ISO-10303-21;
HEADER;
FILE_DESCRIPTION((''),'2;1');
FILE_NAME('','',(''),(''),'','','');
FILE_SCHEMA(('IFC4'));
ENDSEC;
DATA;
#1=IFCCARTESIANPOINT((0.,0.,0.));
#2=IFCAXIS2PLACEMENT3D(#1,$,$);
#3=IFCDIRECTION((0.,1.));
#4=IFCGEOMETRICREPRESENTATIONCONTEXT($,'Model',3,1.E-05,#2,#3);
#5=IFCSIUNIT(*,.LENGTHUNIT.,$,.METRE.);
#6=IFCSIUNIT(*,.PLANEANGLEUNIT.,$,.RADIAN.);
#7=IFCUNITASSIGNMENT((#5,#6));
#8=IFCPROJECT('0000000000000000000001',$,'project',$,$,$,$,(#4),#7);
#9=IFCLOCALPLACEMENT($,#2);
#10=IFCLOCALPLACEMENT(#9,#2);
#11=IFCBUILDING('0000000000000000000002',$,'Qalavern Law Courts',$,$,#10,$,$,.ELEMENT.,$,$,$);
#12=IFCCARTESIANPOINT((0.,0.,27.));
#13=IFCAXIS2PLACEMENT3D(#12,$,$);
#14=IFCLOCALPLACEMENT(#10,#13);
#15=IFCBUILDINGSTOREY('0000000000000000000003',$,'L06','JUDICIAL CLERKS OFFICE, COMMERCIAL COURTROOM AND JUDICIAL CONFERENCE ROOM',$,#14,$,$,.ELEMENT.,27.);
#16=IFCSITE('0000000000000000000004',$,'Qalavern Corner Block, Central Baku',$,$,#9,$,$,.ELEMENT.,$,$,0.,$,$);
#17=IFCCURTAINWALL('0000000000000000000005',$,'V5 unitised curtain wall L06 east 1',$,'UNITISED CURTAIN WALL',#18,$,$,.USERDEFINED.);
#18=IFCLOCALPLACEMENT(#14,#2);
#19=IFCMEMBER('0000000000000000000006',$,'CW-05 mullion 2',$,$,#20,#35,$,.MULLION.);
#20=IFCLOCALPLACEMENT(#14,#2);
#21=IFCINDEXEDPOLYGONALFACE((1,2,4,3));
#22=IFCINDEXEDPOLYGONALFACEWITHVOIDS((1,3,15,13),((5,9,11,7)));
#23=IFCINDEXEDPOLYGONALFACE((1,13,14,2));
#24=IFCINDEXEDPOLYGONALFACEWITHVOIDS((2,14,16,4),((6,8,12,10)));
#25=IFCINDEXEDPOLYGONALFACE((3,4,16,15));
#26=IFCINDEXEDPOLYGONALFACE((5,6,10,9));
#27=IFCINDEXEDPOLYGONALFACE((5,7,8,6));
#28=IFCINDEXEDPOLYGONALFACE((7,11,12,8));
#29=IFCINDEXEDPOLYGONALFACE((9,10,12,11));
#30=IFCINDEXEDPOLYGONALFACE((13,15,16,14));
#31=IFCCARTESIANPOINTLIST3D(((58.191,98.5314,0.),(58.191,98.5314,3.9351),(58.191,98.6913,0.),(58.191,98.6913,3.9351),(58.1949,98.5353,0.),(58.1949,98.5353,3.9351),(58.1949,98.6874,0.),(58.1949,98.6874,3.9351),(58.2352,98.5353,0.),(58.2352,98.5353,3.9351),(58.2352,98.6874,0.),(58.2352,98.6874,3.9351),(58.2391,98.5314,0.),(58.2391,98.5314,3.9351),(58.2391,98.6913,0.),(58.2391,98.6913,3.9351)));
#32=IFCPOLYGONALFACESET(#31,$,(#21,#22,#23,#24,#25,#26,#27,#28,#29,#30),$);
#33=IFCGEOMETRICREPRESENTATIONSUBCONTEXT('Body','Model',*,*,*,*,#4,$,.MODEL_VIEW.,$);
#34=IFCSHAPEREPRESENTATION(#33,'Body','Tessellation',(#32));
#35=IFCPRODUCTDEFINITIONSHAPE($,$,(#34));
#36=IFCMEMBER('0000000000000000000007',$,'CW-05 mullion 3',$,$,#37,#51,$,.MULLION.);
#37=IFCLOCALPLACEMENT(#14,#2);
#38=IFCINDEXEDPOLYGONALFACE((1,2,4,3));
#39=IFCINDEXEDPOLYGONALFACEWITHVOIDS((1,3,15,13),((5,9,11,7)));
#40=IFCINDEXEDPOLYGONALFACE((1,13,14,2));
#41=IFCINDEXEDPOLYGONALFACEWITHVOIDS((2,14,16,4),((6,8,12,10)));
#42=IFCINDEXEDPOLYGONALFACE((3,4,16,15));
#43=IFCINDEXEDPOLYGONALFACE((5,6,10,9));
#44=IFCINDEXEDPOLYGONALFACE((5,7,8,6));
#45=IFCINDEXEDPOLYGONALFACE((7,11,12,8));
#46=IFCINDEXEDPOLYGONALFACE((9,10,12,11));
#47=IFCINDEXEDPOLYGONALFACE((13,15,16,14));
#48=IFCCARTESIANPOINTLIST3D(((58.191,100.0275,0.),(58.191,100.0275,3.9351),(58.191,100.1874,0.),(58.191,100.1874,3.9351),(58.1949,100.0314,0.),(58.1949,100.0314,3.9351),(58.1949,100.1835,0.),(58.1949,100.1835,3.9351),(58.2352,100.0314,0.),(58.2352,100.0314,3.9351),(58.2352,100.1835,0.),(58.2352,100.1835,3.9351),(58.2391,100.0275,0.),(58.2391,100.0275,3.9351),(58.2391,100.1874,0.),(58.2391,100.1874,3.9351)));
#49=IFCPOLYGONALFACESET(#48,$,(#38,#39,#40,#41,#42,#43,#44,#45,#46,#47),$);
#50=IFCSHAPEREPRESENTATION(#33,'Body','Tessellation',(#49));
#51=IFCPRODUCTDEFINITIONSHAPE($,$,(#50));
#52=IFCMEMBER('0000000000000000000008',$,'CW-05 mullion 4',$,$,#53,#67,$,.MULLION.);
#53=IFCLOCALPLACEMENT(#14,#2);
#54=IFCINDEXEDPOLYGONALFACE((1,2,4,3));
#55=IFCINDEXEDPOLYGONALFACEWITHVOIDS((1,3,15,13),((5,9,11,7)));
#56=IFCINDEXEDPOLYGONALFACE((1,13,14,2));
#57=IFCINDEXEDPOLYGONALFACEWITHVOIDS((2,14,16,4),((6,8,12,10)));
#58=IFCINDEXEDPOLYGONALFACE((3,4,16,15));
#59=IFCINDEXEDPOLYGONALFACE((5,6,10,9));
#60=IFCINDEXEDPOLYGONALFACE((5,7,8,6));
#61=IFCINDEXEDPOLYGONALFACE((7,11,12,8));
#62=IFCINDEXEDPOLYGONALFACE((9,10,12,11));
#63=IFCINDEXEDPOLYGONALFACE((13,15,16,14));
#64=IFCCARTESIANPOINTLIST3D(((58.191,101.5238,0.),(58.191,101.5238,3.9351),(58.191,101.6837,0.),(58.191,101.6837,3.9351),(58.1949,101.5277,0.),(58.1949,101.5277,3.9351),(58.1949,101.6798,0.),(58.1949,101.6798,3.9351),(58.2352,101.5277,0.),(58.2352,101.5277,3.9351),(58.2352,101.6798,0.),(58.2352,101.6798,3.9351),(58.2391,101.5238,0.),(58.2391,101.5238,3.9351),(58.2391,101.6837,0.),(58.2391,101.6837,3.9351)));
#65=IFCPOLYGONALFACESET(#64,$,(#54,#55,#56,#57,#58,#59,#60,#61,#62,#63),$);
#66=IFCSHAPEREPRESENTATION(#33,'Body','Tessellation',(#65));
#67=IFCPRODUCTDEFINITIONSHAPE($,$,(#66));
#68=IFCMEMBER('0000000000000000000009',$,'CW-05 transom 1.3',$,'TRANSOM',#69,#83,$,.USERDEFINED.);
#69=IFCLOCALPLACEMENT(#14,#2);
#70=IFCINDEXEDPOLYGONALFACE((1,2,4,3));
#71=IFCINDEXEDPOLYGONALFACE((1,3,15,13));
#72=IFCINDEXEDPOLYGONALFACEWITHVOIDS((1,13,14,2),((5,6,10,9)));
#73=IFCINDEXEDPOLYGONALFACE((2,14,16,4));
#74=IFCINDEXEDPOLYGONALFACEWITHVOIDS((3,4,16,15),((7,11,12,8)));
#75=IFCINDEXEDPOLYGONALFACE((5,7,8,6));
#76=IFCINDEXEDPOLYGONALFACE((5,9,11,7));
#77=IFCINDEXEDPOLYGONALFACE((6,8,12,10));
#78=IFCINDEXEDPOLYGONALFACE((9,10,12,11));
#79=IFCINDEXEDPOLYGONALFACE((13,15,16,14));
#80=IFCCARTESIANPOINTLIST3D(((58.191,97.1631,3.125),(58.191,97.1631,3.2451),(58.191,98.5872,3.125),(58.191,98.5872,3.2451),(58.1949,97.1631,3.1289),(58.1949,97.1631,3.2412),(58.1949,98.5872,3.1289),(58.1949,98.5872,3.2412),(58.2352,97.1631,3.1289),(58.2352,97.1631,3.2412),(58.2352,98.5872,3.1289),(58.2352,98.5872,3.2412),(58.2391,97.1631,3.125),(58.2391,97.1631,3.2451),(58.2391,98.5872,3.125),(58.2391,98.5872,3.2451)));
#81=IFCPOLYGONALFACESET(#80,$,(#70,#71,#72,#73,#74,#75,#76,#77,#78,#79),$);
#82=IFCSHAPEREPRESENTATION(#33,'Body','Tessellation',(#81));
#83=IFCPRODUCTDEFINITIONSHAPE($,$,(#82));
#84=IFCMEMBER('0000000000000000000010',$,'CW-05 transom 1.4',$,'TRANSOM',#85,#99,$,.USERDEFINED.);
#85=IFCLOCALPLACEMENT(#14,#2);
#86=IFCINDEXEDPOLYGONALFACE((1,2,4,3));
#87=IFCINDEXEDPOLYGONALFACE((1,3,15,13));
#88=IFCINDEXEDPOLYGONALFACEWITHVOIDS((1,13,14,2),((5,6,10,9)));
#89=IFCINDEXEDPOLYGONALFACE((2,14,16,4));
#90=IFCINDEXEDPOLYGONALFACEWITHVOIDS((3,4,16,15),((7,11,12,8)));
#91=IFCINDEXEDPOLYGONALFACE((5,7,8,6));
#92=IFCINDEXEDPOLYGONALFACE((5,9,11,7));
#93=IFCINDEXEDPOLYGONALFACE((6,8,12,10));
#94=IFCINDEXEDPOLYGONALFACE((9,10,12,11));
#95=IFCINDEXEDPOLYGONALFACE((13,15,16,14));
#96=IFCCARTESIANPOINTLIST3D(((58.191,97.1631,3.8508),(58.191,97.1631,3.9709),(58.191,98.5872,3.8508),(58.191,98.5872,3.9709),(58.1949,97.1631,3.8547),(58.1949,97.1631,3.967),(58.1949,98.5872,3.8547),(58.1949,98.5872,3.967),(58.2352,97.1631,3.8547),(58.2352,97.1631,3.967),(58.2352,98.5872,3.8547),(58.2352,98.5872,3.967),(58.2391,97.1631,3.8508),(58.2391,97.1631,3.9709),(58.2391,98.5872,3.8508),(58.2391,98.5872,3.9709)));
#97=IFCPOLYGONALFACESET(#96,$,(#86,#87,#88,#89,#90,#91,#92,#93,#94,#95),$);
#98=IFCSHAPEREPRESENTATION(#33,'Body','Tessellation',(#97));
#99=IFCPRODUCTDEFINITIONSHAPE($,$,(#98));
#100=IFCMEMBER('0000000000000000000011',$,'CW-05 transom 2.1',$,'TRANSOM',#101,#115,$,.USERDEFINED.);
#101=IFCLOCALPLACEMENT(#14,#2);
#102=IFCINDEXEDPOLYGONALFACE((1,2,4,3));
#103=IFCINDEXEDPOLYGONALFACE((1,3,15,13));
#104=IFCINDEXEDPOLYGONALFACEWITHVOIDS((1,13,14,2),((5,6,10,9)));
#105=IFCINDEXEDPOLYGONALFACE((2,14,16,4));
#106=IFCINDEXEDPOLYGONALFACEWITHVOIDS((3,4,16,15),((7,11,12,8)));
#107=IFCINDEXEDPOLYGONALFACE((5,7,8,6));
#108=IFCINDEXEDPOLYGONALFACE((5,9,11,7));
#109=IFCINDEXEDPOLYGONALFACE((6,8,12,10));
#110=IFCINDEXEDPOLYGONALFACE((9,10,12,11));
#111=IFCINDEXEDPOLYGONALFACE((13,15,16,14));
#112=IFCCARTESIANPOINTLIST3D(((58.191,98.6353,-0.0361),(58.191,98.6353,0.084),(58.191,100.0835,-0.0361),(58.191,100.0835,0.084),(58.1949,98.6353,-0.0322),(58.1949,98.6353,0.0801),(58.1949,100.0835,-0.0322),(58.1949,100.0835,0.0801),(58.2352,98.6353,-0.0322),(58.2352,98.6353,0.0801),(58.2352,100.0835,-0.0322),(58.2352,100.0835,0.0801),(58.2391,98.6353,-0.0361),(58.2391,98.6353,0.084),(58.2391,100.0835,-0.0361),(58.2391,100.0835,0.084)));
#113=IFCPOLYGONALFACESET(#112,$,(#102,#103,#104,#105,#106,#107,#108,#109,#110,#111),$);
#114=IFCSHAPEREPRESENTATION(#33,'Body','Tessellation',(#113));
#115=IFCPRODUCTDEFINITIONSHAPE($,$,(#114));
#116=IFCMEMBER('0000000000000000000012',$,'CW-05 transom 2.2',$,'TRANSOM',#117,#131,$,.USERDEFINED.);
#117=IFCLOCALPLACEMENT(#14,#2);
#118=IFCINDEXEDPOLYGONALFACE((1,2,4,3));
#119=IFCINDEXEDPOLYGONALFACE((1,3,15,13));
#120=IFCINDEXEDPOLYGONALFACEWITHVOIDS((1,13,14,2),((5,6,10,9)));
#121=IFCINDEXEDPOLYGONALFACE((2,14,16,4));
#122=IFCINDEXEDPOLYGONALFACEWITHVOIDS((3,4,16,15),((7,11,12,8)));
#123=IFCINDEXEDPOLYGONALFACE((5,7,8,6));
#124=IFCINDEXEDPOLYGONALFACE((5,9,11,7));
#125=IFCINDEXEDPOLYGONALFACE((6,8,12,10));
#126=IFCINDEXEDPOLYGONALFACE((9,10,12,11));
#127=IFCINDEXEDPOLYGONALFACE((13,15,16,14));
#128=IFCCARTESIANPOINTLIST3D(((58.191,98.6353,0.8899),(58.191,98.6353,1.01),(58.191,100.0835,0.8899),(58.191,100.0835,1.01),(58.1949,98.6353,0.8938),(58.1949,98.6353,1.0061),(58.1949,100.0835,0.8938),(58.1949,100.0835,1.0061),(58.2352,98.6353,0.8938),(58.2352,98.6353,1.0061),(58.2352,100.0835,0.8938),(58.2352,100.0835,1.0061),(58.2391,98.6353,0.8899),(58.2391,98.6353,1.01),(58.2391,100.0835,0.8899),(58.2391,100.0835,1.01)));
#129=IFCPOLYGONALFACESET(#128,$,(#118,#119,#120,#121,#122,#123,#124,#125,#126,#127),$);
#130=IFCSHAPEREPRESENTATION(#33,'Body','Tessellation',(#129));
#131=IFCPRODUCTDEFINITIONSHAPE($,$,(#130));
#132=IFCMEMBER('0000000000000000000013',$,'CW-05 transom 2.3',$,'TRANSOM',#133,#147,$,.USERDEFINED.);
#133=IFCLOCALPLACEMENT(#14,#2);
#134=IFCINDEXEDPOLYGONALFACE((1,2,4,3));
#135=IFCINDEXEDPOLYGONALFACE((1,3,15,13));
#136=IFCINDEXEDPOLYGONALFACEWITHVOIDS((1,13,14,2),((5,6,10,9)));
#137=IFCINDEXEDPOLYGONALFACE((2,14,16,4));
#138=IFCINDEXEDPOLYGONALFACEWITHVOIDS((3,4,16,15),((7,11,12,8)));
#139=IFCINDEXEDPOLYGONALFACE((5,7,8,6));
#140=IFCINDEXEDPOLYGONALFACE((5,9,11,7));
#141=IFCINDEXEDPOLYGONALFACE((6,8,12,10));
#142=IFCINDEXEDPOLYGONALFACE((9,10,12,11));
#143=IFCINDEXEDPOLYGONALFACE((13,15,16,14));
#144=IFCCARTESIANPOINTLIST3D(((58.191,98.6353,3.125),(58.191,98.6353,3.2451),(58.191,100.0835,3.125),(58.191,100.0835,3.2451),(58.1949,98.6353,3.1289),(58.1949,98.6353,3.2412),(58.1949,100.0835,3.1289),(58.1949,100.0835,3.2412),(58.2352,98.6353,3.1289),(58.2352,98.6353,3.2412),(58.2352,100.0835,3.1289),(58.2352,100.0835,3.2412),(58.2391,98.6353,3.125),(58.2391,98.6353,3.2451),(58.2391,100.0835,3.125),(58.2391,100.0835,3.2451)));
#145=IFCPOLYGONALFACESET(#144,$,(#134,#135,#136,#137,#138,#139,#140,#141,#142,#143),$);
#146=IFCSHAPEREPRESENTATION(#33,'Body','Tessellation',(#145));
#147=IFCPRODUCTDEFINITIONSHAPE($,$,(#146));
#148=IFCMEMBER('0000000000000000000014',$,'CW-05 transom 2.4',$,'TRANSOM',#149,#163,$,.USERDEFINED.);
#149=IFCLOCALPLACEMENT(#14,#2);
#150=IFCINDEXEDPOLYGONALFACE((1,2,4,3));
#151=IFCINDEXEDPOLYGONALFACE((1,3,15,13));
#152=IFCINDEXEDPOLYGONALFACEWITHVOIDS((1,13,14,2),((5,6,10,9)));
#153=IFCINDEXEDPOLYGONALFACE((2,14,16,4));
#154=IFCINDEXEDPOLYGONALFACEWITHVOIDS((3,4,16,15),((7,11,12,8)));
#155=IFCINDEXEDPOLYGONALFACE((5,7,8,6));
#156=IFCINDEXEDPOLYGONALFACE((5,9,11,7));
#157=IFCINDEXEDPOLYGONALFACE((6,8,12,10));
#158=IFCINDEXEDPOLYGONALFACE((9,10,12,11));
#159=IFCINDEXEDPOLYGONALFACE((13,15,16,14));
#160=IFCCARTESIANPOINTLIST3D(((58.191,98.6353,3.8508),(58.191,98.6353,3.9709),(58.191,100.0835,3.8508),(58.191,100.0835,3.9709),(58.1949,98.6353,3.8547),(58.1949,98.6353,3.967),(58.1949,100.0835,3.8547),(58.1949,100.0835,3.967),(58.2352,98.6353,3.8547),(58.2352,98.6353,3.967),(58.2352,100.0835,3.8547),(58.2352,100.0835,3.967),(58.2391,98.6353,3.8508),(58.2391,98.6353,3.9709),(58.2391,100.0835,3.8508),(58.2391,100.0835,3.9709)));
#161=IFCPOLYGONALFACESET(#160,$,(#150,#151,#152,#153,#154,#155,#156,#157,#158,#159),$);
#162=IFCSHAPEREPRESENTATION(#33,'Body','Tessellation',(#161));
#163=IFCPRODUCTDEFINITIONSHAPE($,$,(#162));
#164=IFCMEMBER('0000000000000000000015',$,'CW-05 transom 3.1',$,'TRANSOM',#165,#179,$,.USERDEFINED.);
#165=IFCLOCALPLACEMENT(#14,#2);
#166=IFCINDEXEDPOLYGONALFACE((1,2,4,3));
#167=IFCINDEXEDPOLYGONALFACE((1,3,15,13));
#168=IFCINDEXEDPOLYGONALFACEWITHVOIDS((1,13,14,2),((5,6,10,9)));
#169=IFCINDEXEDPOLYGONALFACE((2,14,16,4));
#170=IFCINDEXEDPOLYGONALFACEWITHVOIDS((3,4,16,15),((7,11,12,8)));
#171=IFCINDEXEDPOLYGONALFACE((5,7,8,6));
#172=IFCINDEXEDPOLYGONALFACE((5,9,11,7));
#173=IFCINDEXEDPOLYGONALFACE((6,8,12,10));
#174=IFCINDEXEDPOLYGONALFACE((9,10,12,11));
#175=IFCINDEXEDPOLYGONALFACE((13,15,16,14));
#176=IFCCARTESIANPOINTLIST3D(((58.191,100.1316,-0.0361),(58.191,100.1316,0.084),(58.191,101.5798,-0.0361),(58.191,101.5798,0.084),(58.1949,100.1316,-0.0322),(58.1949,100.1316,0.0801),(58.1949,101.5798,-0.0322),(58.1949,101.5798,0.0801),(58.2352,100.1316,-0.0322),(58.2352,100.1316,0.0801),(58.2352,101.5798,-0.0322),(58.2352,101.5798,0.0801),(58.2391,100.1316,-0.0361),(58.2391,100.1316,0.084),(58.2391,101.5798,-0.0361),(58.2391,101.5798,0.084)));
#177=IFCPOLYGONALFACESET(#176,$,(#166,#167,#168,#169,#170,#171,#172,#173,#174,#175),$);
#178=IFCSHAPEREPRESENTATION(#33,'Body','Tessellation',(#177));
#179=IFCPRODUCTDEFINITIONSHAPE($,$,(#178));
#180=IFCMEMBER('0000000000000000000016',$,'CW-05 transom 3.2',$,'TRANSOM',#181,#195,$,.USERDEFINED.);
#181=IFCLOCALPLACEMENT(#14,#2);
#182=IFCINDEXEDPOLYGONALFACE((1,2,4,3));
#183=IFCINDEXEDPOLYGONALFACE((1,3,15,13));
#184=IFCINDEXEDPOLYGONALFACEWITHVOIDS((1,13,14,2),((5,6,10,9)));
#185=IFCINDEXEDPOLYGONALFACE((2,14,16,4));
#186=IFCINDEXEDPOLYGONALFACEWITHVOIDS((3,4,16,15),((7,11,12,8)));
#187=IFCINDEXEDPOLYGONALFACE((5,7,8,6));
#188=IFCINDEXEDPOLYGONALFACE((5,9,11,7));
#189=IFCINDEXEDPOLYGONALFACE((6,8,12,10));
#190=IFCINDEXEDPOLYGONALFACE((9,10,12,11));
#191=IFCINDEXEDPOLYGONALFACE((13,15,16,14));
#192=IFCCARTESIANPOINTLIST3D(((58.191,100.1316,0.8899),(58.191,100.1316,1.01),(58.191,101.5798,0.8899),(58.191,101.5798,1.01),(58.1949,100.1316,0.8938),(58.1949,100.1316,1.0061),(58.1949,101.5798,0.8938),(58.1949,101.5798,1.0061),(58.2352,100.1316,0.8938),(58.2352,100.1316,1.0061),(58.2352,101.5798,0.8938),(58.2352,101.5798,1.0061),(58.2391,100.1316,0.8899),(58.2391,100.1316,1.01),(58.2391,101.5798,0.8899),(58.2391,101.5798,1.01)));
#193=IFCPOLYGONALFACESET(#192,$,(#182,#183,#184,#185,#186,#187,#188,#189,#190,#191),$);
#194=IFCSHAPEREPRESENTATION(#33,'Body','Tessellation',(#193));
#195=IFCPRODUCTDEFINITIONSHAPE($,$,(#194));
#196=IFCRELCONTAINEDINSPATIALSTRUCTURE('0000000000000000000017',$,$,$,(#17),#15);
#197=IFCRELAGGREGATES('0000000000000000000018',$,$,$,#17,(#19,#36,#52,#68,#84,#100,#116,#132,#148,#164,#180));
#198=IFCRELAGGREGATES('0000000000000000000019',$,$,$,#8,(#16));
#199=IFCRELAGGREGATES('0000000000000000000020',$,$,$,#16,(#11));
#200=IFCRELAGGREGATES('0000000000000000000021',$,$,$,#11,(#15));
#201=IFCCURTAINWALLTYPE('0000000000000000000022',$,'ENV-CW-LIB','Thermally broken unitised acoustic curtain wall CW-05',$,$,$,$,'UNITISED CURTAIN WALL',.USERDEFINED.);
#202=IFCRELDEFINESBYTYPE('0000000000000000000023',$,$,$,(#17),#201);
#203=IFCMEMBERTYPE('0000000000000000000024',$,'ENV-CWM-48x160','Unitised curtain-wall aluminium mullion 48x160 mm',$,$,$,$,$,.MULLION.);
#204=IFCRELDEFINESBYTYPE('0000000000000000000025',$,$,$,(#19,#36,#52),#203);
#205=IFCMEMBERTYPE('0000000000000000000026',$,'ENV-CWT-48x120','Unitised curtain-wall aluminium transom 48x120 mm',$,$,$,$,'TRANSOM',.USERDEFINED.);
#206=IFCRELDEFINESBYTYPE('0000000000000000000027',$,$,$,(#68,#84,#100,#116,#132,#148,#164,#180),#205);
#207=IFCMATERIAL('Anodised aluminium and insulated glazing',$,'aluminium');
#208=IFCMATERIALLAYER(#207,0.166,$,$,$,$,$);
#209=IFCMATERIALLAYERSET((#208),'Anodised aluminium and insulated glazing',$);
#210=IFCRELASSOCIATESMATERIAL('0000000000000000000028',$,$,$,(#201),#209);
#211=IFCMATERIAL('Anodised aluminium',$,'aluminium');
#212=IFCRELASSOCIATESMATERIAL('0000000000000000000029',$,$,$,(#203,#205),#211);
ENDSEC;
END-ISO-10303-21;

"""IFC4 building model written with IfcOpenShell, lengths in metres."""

from ifc_helpers import new_model, si_unit, direction, frame, origin, origin_2d, place, context, subcontext, project, spatial, hollow_rectangle, extrude, material, layer, layer_set, material_profile, profile_set, type_object, element, aggregate, save


model = new_model("IFC4")

# Units and contexts
model_context = context("Model", 3, precision=1e-05, world=origin(), true_north=direction((0.0, 1.0)))
body_context = subcontext(model_context, "Body", "Model", "MODEL_VIEW")
ifc_project = project(units=[si_unit("LENGTHUNIT", "METRE"), si_unit("PLANEANGLEUNIT", "RADIAN")], contexts=[model_context])

# Site, building, storey
site_placement = place(None, origin())
site = spatial("IfcSite", under=ifc_project, at=site_placement, Name="Qalavern Corner Block, Central Baku", CompositionType="ELEMENT", RefElevation=0.0)
building_placement = place(site_placement, origin())
building = spatial("IfcBuilding", under=site, at=building_placement, Name="Qalavern Law Courts", CompositionType="ELEMENT")
storey_placement = place(building_placement, frame((0.0, 0.0, 27.0)))
storey = spatial("IfcBuildingStorey", under=building, at=storey_placement, Name="L06", Description="JUDICIAL CLERKS OFFICE, COMMERCIAL COURTROOM AND JUDICIAL CONFERENCE ROOM", CompositionType="ELEMENT", Elevation=27.0)

# Curtain wall, members
ifc_material_1 = material(Name="Anodised aluminium and insulated glazing", Category="aluminium")
ifc_layer_1 = layer(ifc_material_1, 0.166)
ifc_layer_set_1 = layer_set([ifc_layer_1], Name="Anodised aluminium and insulated glazing")
curtain_wall_type = type_object("IfcCurtainWallType", Name="ENV-CW-LIB", Description="Thermally broken unitised acoustic curtain wall CW-05", ElementType="UNITISED CURTAIN WALL", PredefinedType="USERDEFINED", material=ifc_layer_set_1)
curtain_wall_placement = place(storey_placement, origin())
curtain_wall = element("IfcCurtainWall", 1, at=curtain_wall_placement, inside=storey, type_object=curtain_wall_type, Name="V5 unitised curtain wall L06 east 1", ObjectType="UNITISED CURTAIN WALL", PredefinedType="USERDEFINED")
ifc_material_2 = material(Name="Anodised aluminium", Category="aluminium")
ifc_material_profile_1 = material_profile(ifc_material_2, hollow_rectangle(XDim=0.0481, YDim=0.1599, WallThickness=0.0039, at=origin_2d()), Name="ALU MULLION 48x160")
ifc_profile_set_1 = profile_set([ifc_material_profile_1], Name="Anodised aluminium")
member_type_1 = type_object("IfcMemberType", Name="ENV-CWM-48x160", Description="Unitised curtain-wall aluminium mullion 48x160 mm", PredefinedType="MULLION", material=ifc_profile_set_1)
member_1_placement = place(storey_placement, frame((58.2151, 98.6113, 0.0), z_axis=(0.0, 0.0, 1.0), x_axis=(-1.0, 0.0, 0.0)))
member_1 = element("IfcMember", 2, at=member_1_placement, type_object=member_type_1, Name="CW-05 mullion 2", PredefinedType="MULLION", context=body_context, shape_type="SweptSolid", body=[
    extrude(hollow_rectangle(XDim=0.0481, YDim=0.1599, WallThickness=0.0039, at=origin_2d()), origin(), (0.0, 0.0, 1.0), 3.9351),
])
member_2_placement = place(storey_placement, frame((58.2151, 100.1074, 0.0), z_axis=(0.0, 0.0, 1.0), x_axis=(-1.0, 0.0, 0.0)))
member_2 = element("IfcMember", 3, at=member_2_placement, type_object=member_type_1, Name="CW-05 mullion 3", PredefinedType="MULLION", context=body_context, shape_type="SweptSolid", body=[
    extrude(hollow_rectangle(XDim=0.0481, YDim=0.1599, WallThickness=0.0039, at=origin_2d()), origin(), (0.0, 0.0, 1.0), 3.9351),
])
member_3_placement = place(storey_placement, frame((58.2151, 101.6038, 0.0), z_axis=(0.0, 0.0, 1.0), x_axis=(-1.0, 0.0, 0.0)))
member_3 = element("IfcMember", 4, at=member_3_placement, type_object=member_type_1, Name="CW-05 mullion 4", PredefinedType="MULLION", context=body_context, shape_type="SweptSolid", body=[
    extrude(hollow_rectangle(XDim=0.0481, YDim=0.1599, WallThickness=0.0039, at=origin_2d()), origin(), (0.0, 0.0, 1.0), 3.9351),
])
ifc_material_profile_2 = material_profile(ifc_material_2, hollow_rectangle(XDim=0.0481, YDim=0.1201, WallThickness=0.0039, at=origin_2d()), Name="ALU TRANSOM 48x120")
ifc_profile_set_2 = profile_set([ifc_material_profile_2], Name="Anodised aluminium")
member_type_2 = type_object("IfcMemberType", Name="ENV-CWT-48x120", Description="Unitised curtain-wall aluminium transom 48x120 mm", ElementType="TRANSOM", PredefinedType="USERDEFINED", material=ifc_profile_set_2)
member_4_placement = place(storey_placement, frame((58.2151, 97.1631, 3.1851), z_axis=(0.0, 1.0, 0.0), x_axis=(-1.0, 0.0, 0.0)))
member_4 = element("IfcMember", 5, at=member_4_placement, type_object=member_type_2, Name="CW-05 transom 1.3", ObjectType="TRANSOM", PredefinedType="USERDEFINED", context=body_context, shape_type="SweptSolid", body=[
    extrude(hollow_rectangle(XDim=0.0481, YDim=0.1201, WallThickness=0.0039, at=origin_2d()), origin(), (0.0, 0.0, 1.0), 1.4241),
])
member_5_placement = place(storey_placement, frame((58.2151, 97.1631, 3.9109), z_axis=(0.0, 1.0, 0.0), x_axis=(-1.0, 0.0, 0.0)))
member_5 = element("IfcMember", 6, at=member_5_placement, type_object=member_type_2, Name="CW-05 transom 1.4", ObjectType="TRANSOM", PredefinedType="USERDEFINED", context=body_context, shape_type="SweptSolid", body=[
    extrude(hollow_rectangle(XDim=0.0481, YDim=0.1201, WallThickness=0.0039, at=origin_2d()), origin(), (0.0, 0.0, 1.0), 1.4241),
])
member_6_placement = place(storey_placement, frame((58.2151, 98.6353, 0.0239), z_axis=(0.0, 1.0, 0.0), x_axis=(-1.0, 0.0, 0.0)))
member_6 = element("IfcMember", 7, at=member_6_placement, type_object=member_type_2, Name="CW-05 transom 2.1", ObjectType="TRANSOM", PredefinedType="USERDEFINED", context=body_context, shape_type="SweptSolid", body=[
    extrude(hollow_rectangle(XDim=0.0481, YDim=0.1201, WallThickness=0.0039, at=origin_2d()), origin(), (0.0, 0.0, 1.0), 1.4482),
])
member_7_placement = place(storey_placement, frame((58.2151, 98.6353, 0.95), z_axis=(0.0, 1.0, 0.0), x_axis=(-1.0, 0.0, 0.0)))
member_7 = element("IfcMember", 8, at=member_7_placement, type_object=member_type_2, Name="CW-05 transom 2.2", ObjectType="TRANSOM", PredefinedType="USERDEFINED", context=body_context, shape_type="SweptSolid", body=[
    extrude(hollow_rectangle(XDim=0.0481, YDim=0.1201, WallThickness=0.0039, at=origin_2d()), origin(), (0.0, 0.0, 1.0), 1.4482),
])
member_8_placement = place(storey_placement, frame((58.2151, 98.6353, 3.1851), z_axis=(0.0, 1.0, 0.0), x_axis=(-1.0, 0.0, 0.0)))
member_8 = element("IfcMember", 9, at=member_8_placement, type_object=member_type_2, Name="CW-05 transom 2.3", ObjectType="TRANSOM", PredefinedType="USERDEFINED", context=body_context, shape_type="SweptSolid", body=[
    extrude(hollow_rectangle(XDim=0.0481, YDim=0.1201, WallThickness=0.0039, at=origin_2d()), origin(), (0.0, 0.0, 1.0), 1.4482),
])
member_9_placement = place(storey_placement, frame((58.2151, 98.6353, 3.9109), z_axis=(0.0, 1.0, 0.0), x_axis=(-1.0, 0.0, 0.0)))
member_9 = element("IfcMember", 10, at=member_9_placement, type_object=member_type_2, Name="CW-05 transom 2.4", ObjectType="TRANSOM", PredefinedType="USERDEFINED", context=body_context, shape_type="SweptSolid", body=[
    extrude(hollow_rectangle(XDim=0.0481, YDim=0.1201, WallThickness=0.0039, at=origin_2d()), origin(), (0.0, 0.0, 1.0), 1.4482),
])
member_10_placement = place(storey_placement, frame((58.2151, 100.1316, 0.0239), z_axis=(0.0, 1.0, 0.0), x_axis=(-1.0, 0.0, 0.0)))
member_10 = element("IfcMember", 11, at=member_10_placement, type_object=member_type_2, Name="CW-05 transom 3.1", ObjectType="TRANSOM", PredefinedType="USERDEFINED", context=body_context, shape_type="SweptSolid", body=[
    extrude(hollow_rectangle(XDim=0.0481, YDim=0.1201, WallThickness=0.0039, at=origin_2d()), origin(), (0.0, 0.0, 1.0), 1.4482),
])
member_11_placement = place(storey_placement, frame((58.2151, 100.1316, 0.95), z_axis=(0.0, 1.0, 0.0), x_axis=(-1.0, 0.0, 0.0)))
member_11 = element("IfcMember", 12, at=member_11_placement, type_object=member_type_2, Name="CW-05 transom 3.2", ObjectType="TRANSOM", PredefinedType="USERDEFINED", context=body_context, shape_type="SweptSolid", body=[
    extrude(hollow_rectangle(XDim=0.0481, YDim=0.1201, WallThickness=0.0039, at=origin_2d()), origin(), (0.0, 0.0, 1.0), 1.4482),
])
aggregate(curtain_wall, [member_1, member_2, member_3, member_4, member_5, member_6, member_7, member_8, member_9, member_10, member_11])

save(model, "model.ifc")
